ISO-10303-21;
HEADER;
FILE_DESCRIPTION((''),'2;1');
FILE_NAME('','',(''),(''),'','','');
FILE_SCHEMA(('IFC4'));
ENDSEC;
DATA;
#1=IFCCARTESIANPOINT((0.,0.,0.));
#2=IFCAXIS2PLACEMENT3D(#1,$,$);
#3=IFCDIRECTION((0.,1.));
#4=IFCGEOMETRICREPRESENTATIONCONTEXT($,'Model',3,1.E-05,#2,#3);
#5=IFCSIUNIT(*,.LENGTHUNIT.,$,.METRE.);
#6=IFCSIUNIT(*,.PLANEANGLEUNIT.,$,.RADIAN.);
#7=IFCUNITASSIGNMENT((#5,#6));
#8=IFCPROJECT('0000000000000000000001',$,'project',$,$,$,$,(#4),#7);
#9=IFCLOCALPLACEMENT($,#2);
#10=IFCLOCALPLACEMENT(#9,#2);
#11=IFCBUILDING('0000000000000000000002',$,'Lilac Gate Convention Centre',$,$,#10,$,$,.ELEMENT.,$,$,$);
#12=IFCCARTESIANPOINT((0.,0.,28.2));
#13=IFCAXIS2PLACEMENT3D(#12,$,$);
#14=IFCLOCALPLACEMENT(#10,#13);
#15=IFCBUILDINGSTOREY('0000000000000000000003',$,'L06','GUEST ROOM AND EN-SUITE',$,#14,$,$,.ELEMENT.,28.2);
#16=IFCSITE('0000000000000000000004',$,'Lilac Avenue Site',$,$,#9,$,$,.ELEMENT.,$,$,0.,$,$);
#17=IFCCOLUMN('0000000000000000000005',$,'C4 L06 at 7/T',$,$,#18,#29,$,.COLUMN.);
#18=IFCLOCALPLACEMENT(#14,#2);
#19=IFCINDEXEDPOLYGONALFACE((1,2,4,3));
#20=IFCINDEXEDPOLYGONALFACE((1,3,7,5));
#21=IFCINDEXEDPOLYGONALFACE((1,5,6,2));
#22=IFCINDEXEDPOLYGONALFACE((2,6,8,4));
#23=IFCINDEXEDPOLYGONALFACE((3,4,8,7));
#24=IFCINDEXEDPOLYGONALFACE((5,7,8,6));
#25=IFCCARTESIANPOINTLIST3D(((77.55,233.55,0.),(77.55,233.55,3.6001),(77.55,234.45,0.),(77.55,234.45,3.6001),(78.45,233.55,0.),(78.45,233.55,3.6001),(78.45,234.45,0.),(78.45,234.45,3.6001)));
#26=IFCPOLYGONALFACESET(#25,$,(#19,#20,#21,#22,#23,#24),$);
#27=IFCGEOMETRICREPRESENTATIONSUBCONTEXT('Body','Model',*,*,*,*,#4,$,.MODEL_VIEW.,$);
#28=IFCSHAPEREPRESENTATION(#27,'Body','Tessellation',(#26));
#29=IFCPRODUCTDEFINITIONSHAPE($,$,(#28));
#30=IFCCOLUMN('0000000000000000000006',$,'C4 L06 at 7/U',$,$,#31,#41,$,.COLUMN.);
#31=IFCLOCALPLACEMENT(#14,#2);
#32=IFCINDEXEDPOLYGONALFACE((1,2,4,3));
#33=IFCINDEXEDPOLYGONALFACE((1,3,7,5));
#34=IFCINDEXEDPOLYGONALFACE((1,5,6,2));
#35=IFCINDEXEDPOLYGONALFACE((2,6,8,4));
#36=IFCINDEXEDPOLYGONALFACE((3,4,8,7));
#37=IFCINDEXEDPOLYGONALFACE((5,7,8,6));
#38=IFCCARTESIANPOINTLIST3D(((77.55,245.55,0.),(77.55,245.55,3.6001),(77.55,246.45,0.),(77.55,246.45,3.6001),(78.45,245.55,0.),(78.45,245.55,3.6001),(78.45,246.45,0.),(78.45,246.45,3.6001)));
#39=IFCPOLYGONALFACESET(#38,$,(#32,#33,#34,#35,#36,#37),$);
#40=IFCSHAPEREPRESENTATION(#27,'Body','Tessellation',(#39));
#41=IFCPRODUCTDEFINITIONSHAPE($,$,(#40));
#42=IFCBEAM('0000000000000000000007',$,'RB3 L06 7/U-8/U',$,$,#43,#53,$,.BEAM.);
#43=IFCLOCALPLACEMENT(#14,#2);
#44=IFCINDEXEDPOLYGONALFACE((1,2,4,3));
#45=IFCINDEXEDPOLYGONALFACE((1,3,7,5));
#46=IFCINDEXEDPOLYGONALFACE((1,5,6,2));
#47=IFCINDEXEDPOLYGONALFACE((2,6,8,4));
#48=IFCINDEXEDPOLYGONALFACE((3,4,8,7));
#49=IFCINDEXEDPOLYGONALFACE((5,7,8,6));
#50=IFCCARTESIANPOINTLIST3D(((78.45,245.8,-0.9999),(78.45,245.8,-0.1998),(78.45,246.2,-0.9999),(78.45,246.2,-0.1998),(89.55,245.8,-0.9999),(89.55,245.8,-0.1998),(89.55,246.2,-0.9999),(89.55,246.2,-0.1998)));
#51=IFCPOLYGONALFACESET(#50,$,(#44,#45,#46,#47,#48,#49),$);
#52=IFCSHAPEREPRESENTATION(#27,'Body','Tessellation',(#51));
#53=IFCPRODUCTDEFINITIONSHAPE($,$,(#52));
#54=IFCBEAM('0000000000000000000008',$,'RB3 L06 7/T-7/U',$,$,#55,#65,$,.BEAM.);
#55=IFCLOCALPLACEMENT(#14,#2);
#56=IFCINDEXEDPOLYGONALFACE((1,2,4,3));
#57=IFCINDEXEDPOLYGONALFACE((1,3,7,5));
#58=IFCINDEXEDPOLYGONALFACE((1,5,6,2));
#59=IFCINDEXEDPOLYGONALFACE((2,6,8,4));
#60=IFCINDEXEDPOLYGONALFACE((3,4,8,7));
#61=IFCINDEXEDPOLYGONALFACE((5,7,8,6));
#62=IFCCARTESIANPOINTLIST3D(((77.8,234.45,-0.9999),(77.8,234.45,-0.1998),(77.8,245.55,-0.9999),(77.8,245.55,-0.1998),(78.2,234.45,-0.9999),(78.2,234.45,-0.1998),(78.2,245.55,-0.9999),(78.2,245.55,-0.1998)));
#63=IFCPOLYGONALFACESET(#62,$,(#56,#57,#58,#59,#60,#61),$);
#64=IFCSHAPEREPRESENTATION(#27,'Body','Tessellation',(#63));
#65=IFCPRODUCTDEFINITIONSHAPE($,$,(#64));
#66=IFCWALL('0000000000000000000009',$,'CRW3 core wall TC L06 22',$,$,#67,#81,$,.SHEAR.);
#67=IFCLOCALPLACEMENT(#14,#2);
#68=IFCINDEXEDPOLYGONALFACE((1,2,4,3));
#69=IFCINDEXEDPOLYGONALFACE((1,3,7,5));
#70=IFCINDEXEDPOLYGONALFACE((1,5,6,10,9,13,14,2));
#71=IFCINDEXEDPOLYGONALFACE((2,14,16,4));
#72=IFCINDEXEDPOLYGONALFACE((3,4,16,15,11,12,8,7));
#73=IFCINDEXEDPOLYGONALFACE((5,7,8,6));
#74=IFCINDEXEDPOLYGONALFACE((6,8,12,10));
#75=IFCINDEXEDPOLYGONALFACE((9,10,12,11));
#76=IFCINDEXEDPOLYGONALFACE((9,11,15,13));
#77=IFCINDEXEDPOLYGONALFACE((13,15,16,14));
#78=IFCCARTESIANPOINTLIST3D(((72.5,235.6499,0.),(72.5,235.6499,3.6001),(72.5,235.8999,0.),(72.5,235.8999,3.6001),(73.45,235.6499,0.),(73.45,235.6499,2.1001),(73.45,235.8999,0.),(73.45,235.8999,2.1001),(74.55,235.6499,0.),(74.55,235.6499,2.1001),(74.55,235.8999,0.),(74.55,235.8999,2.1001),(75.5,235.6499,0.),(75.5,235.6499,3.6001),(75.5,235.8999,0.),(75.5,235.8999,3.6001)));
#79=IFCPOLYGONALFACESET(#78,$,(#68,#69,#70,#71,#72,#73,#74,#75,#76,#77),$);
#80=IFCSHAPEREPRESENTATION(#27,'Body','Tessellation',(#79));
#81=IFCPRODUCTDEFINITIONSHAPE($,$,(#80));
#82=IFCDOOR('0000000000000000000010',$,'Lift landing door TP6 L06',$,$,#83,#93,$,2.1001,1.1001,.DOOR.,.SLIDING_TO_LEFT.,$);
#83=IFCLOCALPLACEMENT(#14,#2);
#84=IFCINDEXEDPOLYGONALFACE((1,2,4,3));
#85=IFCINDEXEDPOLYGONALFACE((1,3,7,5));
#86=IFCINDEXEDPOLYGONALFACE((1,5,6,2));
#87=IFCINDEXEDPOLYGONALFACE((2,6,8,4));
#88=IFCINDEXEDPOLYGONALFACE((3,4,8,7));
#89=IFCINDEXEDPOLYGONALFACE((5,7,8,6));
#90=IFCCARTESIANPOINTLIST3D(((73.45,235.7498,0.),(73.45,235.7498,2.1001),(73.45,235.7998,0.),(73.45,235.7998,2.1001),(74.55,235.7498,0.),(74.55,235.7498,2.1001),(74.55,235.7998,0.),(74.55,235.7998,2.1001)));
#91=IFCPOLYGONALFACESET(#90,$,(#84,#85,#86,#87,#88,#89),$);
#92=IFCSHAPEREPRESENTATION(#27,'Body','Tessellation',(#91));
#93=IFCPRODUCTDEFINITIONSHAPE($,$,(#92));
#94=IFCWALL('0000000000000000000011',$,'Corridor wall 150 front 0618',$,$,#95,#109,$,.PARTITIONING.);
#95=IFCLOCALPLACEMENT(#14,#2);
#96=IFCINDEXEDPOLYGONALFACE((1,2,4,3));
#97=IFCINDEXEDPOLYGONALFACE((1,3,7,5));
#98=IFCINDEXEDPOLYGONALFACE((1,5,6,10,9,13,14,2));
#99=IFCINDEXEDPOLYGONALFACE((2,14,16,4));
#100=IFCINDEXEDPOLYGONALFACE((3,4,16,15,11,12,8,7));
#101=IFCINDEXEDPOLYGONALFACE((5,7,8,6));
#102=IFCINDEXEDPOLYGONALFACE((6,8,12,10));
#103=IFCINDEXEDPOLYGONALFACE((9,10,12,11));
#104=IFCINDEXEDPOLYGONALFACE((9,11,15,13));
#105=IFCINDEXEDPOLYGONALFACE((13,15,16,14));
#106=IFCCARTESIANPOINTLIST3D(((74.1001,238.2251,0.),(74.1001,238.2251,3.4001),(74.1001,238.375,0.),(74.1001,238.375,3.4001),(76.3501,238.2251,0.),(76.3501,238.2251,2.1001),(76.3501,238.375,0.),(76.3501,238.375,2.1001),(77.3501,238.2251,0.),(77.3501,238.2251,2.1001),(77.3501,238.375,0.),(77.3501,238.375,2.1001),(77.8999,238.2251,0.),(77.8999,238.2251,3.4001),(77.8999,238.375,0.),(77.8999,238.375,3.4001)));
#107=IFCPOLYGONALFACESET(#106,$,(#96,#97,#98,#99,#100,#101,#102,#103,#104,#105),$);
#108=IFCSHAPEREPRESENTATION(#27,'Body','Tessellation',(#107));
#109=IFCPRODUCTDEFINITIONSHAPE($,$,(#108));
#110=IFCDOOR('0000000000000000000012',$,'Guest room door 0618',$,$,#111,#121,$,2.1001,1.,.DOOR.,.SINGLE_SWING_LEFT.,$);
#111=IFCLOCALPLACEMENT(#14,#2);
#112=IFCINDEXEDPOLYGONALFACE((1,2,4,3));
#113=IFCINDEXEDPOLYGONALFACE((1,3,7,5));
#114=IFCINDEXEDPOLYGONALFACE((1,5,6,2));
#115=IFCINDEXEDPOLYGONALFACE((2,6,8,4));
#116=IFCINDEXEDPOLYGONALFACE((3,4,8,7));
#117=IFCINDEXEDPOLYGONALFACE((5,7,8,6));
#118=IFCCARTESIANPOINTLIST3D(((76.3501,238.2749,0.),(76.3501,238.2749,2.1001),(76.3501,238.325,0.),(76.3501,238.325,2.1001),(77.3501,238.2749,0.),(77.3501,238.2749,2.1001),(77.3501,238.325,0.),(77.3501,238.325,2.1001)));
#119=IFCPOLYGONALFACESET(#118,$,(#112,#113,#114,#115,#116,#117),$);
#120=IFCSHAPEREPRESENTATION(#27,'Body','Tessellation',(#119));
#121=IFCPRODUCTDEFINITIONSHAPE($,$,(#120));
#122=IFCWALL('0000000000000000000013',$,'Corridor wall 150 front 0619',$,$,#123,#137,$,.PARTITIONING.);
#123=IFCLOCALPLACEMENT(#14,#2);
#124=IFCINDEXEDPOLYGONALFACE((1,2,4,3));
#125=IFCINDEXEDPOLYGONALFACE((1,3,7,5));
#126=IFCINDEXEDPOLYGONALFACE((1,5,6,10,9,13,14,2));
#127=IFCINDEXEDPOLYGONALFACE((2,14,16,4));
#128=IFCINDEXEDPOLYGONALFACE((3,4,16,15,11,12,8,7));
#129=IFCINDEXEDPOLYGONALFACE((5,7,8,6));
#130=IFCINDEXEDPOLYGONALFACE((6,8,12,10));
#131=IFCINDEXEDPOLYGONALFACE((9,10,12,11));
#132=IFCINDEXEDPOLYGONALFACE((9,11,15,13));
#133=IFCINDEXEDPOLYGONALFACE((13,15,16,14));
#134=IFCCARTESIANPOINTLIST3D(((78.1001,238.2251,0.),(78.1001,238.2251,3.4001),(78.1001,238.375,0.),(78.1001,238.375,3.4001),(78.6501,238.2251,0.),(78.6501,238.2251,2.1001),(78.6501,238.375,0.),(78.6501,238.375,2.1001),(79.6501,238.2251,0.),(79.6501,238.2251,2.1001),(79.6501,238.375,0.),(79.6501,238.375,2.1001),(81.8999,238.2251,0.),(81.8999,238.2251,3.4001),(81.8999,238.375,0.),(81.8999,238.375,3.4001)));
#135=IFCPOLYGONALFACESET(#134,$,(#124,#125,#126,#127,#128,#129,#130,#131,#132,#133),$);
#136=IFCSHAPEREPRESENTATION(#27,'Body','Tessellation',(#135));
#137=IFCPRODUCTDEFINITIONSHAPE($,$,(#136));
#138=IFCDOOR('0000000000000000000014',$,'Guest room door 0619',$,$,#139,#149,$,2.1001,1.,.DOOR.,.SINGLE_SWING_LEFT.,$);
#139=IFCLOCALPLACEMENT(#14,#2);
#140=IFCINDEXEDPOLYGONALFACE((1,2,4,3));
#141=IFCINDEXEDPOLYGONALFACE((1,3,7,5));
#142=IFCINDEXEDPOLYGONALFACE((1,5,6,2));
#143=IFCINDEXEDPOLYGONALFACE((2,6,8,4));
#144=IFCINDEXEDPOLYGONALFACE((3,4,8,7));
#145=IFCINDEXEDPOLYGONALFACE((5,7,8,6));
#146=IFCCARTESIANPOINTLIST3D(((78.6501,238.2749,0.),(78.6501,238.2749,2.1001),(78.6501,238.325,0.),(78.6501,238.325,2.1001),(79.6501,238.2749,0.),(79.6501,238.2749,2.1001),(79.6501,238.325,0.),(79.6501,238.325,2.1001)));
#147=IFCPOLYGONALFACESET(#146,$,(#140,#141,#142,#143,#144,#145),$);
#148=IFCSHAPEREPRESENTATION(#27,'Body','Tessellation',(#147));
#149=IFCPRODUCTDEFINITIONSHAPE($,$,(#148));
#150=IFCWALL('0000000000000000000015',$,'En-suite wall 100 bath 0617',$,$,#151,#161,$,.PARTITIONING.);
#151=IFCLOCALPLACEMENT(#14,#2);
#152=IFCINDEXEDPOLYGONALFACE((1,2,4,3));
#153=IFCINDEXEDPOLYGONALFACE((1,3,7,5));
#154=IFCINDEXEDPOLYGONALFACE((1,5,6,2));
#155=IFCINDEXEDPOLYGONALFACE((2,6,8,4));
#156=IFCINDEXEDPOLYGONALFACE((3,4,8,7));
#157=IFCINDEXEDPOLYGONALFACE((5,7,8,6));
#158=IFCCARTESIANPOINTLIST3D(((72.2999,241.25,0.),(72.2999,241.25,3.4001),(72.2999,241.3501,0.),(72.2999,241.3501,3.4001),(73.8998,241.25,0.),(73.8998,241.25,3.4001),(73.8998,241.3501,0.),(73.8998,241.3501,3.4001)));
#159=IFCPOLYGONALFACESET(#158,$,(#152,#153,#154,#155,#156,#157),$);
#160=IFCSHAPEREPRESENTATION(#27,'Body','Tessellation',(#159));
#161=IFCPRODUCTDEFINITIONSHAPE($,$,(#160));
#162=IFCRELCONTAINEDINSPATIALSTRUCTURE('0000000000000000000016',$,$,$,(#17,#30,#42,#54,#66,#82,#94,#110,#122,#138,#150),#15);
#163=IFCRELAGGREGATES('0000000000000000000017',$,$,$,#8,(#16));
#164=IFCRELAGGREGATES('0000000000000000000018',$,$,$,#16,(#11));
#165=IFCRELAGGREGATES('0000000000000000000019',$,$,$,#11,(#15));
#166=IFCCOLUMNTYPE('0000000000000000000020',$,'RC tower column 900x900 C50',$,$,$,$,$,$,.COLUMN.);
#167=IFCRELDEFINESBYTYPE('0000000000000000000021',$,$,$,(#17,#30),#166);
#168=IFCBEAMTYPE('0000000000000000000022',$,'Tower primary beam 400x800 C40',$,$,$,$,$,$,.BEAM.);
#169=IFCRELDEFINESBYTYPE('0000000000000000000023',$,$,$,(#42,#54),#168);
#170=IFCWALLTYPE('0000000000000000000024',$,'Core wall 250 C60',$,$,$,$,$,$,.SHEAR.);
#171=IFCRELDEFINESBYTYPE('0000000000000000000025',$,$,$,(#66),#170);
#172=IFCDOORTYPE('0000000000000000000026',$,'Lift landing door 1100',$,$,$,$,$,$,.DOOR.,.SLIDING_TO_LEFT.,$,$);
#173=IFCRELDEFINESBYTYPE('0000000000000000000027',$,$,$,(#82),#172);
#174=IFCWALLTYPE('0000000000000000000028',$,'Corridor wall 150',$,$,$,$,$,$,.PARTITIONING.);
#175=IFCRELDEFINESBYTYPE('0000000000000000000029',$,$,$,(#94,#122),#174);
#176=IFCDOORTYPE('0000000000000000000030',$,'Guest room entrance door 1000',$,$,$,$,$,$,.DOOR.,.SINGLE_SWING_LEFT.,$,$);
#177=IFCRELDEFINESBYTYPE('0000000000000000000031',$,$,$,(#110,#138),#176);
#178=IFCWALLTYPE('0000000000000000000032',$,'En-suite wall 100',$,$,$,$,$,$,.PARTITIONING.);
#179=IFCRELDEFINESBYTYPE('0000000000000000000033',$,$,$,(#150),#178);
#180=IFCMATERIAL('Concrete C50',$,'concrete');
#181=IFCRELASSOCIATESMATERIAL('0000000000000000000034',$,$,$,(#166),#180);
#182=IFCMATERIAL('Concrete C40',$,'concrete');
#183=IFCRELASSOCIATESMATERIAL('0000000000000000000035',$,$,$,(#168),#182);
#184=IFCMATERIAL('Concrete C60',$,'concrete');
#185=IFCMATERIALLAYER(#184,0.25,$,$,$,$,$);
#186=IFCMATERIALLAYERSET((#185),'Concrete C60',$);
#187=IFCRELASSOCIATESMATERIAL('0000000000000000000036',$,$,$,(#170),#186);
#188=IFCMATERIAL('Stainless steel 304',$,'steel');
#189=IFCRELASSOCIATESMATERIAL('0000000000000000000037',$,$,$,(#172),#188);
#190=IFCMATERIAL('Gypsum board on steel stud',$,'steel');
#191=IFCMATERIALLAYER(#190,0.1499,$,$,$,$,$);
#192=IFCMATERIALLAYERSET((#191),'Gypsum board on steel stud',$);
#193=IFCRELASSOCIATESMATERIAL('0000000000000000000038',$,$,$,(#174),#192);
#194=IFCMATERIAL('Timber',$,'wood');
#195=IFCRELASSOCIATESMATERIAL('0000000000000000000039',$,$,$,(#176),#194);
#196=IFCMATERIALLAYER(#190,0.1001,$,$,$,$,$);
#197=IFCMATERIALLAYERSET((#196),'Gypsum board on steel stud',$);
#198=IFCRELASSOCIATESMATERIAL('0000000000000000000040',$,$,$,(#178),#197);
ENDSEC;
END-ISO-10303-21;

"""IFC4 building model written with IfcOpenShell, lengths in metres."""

from ifc_helpers import new_model, si_unit, direction, frame, frame_2d, origin, origin_2d, place, context, subcontext, project, spatial, rectangle, extrude, material, layer, layer_set, material_profile, profile_set, type_object, element, fill, save


model = new_model("IFC4")

# Units and contexts
model_context = context("Model", 3, precision=1e-05, world=origin(), true_north=direction((0.0, 1.0)))
body_context = subcontext(model_context, "Body", "Model", "MODEL_VIEW")
ifc_project = project(units=[si_unit("LENGTHUNIT", "METRE"), si_unit("PLANEANGLEUNIT", "RADIAN")], contexts=[model_context])

# Site, building, storey
site_placement = place(None, origin())
site = spatial("IfcSite", under=ifc_project, at=site_placement, Name="Lilac Avenue Site", CompositionType="ELEMENT", RefElevation=0.0)
building_placement = place(site_placement, origin())
building = spatial("IfcBuilding", under=site, at=building_placement, Name="Lilac Gate Convention Centre", CompositionType="ELEMENT")
storey_placement = place(building_placement, frame((0.0, 0.0, 28.2)))
storey = spatial("IfcBuildingStorey", under=building, at=storey_placement, Name="L06", Description="GUEST ROOM AND EN-SUITE", CompositionType="ELEMENT", Elevation=28.2)

# Columns
ifc_material_1 = material(Name="Concrete C50", Category="concrete")
ifc_material_profile_1 = material_profile(ifc_material_1, rectangle(XDim=0.8999, YDim=0.8999, at=origin_2d()), Name="RC 900x900")
ifc_profile_set_1 = profile_set([ifc_material_profile_1], Name="Concrete C50")
column_type = type_object("IfcColumnType", Name="RC tower column 900x900 C50", PredefinedType="COLUMN", material=ifc_profile_set_1)
for number, where, z_axis, x_axis, name in (
    (1, (78.0, 234.0, 0.0), (0.0, 0.0, 1.0), (1.0, 0.0, 0.0), "C4 L06 at 7/T"),
    (2, (78.0, 246.0, 0.0), (0.0, 0.0, 1.0), (1.0, 0.0, 0.0), "C4 L06 at 7/U"),
):
    element("IfcColumn", number, at=place(storey_placement, frame(where, z_axis=z_axis, x_axis=x_axis)), inside=storey, type_object=column_type, Name=name, PredefinedType="COLUMN", context=body_context, shape_type="SweptSolid", body=[
        extrude(rectangle(XDim=0.8999, YDim=0.8999, at=origin_2d()), origin(), (0.0, 0.0, 1.0), 3.6001),
    ])

# Beams
ifc_material_2 = material(Name="Concrete C40", Category="concrete")
ifc_material_profile_2 = material_profile(ifc_material_2, rectangle(XDim=0.3999, YDim=0.8, at=origin_2d()), Name="RC 400x800")
ifc_profile_set_2 = profile_set([ifc_material_profile_2], Name="Concrete C40")
beam_type = type_object("IfcBeamType", Name="Tower primary beam 400x800 C40", PredefinedType="BEAM", material=ifc_profile_set_2)
for number, where, z_axis, x_axis, name in (
    (3, (78.45, 246.0, -0.5999), (1.0, 0.0, 0.0), (0.0, 1.0, 0.0), "RB3 L06 7/U-8/U"),
    (4, (78.0, 234.45, -0.5999), (0.0, 1.0, 0.0), (-1.0, 0.0, 0.0), "RB3 L06 7/T-7/U"),
):
    element("IfcBeam", number, at=place(storey_placement, frame(where, z_axis=z_axis, x_axis=x_axis)), inside=storey, type_object=beam_type, Name=name, PredefinedType="BEAM", context=body_context, shape_type="SweptSolid", body=[
        extrude(rectangle(XDim=0.3999, YDim=0.8, at=origin_2d()), origin(), (0.0, 0.0, 1.0), 11.1001),
    ])

# Walls, openings, doors
ifc_material_3 = material(Name="Concrete C60", Category="concrete")
ifc_layer_1 = layer(ifc_material_3, 0.25)
ifc_layer_set_1 = layer_set([ifc_layer_1], Name="Concrete C60")
wall_type_1 = type_object("IfcWallType", Name="Core wall 250 C60", PredefinedType="SHEAR", material=ifc_layer_set_1)
wall_1_placement = place(storey_placement, frame((72.5, 235.7749, 0.0), z_axis=(0.0, 0.0, 1.0), x_axis=(1.0, 0.0, 0.0)))
wall_1 = element("IfcWall", 5, at=wall_1_placement, inside=storey, type_object=wall_type_1, Name="CRW3 core wall TC L06 22", PredefinedType="SHEAR", context=body_context, shape_type="SweptSolid", body=[
    extrude(rectangle(XDim=3.0, YDim=0.25, at=frame_2d((1.5, 0.0))), origin(), (0.0, 0.0, 1.0), 3.6001),
])
opening_1_placement = place(wall_1_placement, frame((0.95, 0.0, 0.0)))
opening_1 = element("IfcOpeningElement", 6, at=opening_1_placement, cuts=wall_1, PredefinedType="OPENING", context=body_context, shape_type="SweptSolid", body=[
    extrude(rectangle(XDim=1.1001, YDim=2.1001, at=frame_2d((0.55, 1.05))), frame((0.0, 0.135, 0.0), z_axis=(0.0, -1.0, 0.0), x_axis=(1.0, 0.0, 0.0)), (0.0, 0.0, 1.0), 0.27),
])
ifc_material_4 = material(Name="Stainless steel 304", Category="steel")
door_type_1 = type_object("IfcDoorType", Name="Lift landing door 1100", OperationType="SLIDING_TO_LEFT", PredefinedType="DOOR", material=ifc_material_4)
door_1_placement = place(opening_1_placement, origin())
door_1 = element("IfcDoor", 7, at=door_1_placement, inside=storey, type_object=door_type_1, Name="Lift landing door TP6 L06", OperationType="SLIDING_TO_LEFT", OverallHeight=2.1001, OverallWidth=1.1001, PredefinedType="DOOR", context=body_context, shape_type="SweptSolid", body=[
    extrude(rectangle(XDim=1.1001, YDim=2.1001, at=frame_2d((0.55, 1.05))), frame((0.0, 0.0249, 0.0), z_axis=(0.0, -1.0, 0.0), x_axis=(1.0, 0.0, 0.0)), (0.0, 0.0, 1.0), 0.05),
])
fill(opening_1, door_1)
ifc_material_5 = material(Name="Gypsum board on steel stud", Category="steel")
ifc_layer_2 = layer(ifc_material_5, 0.1499)
ifc_layer_set_2 = layer_set([ifc_layer_2], Name="Gypsum board on steel stud")
wall_type_2 = type_object("IfcWallType", Name="Corridor wall 150", PredefinedType="PARTITIONING", material=ifc_layer_set_2)
wall_2_placement = place(storey_placement, frame((74.1001, 238.3, 0.0), z_axis=(0.0, 0.0, 1.0), x_axis=(1.0, 0.0, 0.0)))
wall_2 = element("IfcWall", 8, at=wall_2_placement, inside=storey, type_object=wall_type_2, Name="Corridor wall 150 front 0618", PredefinedType="PARTITIONING", context=body_context, shape_type="SweptSolid", body=[
    extrude(rectangle(XDim=3.7998, YDim=0.1499, at=frame_2d((1.8999, 0.0))), origin(), (0.0, 0.0, 1.0), 3.4001),
])
opening_2_placement = place(wall_2_placement, frame((2.25, 0.0, 0.0)))
opening_2 = element("IfcOpeningElement", 9, at=opening_2_placement, cuts=wall_2, PredefinedType="OPENING", context=body_context, shape_type="SweptSolid", body=[
    extrude(rectangle(XDim=1.0, YDim=2.1001, at=frame_2d((0.5, 1.05))), frame((0.0, 0.085, 0.0), z_axis=(0.0, -1.0, 0.0), x_axis=(1.0, 0.0, 0.0)), (0.0, 0.0, 1.0), 0.1699),
])
ifc_material_6 = material(Name="Timber", Category="wood")
door_type_2 = type_object("IfcDoorType", Name="Guest room entrance door 1000", OperationType="SINGLE_SWING_LEFT", PredefinedType="DOOR", material=ifc_material_6)
door_2_placement = place(opening_2_placement, origin())
door_2 = element("IfcDoor", 10, at=door_2_placement, inside=storey, type_object=door_type_2, Name="Guest room door 0618", OperationType="SINGLE_SWING_LEFT", OverallHeight=2.1001, OverallWidth=1.0, PredefinedType="DOOR", context=body_context, shape_type="SweptSolid", body=[
    extrude(rectangle(XDim=1.0, YDim=2.1001, at=frame_2d((0.5, 1.05))), frame((0.0, 0.0249, 0.0), z_axis=(0.0, -1.0, 0.0), x_axis=(1.0, 0.0, 0.0)), (0.0, 0.0, 1.0), 0.05),
])
fill(opening_2, door_2)
wall_3_placement = place(storey_placement, frame((78.1001, 238.3, 0.0), z_axis=(0.0, 0.0, 1.0), x_axis=(1.0, 0.0, 0.0)))
wall_3 = element("IfcWall", 11, at=wall_3_placement, inside=storey, type_object=wall_type_2, Name="Corridor wall 150 front 0619", PredefinedType="PARTITIONING", context=body_context, shape_type="SweptSolid", body=[
    extrude(rectangle(XDim=3.7998, YDim=0.1499, at=frame_2d((1.8999, 0.0))), origin(), (0.0, 0.0, 1.0), 3.4001),
])
opening_3_placement = place(wall_3_placement, frame((0.55, 0.0, 0.0)))
opening_3 = element("IfcOpeningElement", 12, at=opening_3_placement, cuts=wall_3, PredefinedType="OPENING", context=body_context, shape_type="SweptSolid", body=[
    extrude(rectangle(XDim=1.0, YDim=2.1001, at=frame_2d((0.5, 1.05))), frame((0.0, 0.085, 0.0), z_axis=(0.0, -1.0, 0.0), x_axis=(1.0, 0.0, 0.0)), (0.0, 0.0, 1.0), 0.1699),
])
door_3_placement = place(opening_3_placement, origin())
door_3 = element("IfcDoor", 13, at=door_3_placement, inside=storey, type_object=door_type_2, Name="Guest room door 0619", OperationType="SINGLE_SWING_LEFT", OverallHeight=2.1001, OverallWidth=1.0, PredefinedType="DOOR", context=body_context, shape_type="SweptSolid", body=[
    extrude(rectangle(XDim=1.0, YDim=2.1001, at=frame_2d((0.5, 1.05))), frame((0.0, 0.0249, 0.0), z_axis=(0.0, -1.0, 0.0), x_axis=(1.0, 0.0, 0.0)), (0.0, 0.0, 1.0), 0.05),
])
fill(opening_3, door_3)

# Wall
ifc_layer_3 = layer(ifc_material_5, 0.1001)
ifc_layer_set_3 = layer_set([ifc_layer_3], Name="Gypsum board on steel stud")
wall_type_3 = type_object("IfcWallType", Name="En-suite wall 100", PredefinedType="PARTITIONING", material=ifc_layer_set_3)
wall_4_placement = place(storey_placement, frame((72.3, 241.3, 0.0), z_axis=(0.0, 0.0, 1.0), x_axis=(1.0, 0.0, 0.0)))
element("IfcWall", 14, at=wall_4_placement, inside=storey, type_object=wall_type_3, Name="En-suite wall 100 bath 0617", PredefinedType="PARTITIONING", context=body_context, shape_type="SweptSolid", body=[
    extrude(rectangle(XDim=1.5999, YDim=0.1001, at=frame_2d((0.7998, 0.0))), origin(), (0.0, 0.0, 1.0), 3.4001),
])

save(model, "model.ifc")
